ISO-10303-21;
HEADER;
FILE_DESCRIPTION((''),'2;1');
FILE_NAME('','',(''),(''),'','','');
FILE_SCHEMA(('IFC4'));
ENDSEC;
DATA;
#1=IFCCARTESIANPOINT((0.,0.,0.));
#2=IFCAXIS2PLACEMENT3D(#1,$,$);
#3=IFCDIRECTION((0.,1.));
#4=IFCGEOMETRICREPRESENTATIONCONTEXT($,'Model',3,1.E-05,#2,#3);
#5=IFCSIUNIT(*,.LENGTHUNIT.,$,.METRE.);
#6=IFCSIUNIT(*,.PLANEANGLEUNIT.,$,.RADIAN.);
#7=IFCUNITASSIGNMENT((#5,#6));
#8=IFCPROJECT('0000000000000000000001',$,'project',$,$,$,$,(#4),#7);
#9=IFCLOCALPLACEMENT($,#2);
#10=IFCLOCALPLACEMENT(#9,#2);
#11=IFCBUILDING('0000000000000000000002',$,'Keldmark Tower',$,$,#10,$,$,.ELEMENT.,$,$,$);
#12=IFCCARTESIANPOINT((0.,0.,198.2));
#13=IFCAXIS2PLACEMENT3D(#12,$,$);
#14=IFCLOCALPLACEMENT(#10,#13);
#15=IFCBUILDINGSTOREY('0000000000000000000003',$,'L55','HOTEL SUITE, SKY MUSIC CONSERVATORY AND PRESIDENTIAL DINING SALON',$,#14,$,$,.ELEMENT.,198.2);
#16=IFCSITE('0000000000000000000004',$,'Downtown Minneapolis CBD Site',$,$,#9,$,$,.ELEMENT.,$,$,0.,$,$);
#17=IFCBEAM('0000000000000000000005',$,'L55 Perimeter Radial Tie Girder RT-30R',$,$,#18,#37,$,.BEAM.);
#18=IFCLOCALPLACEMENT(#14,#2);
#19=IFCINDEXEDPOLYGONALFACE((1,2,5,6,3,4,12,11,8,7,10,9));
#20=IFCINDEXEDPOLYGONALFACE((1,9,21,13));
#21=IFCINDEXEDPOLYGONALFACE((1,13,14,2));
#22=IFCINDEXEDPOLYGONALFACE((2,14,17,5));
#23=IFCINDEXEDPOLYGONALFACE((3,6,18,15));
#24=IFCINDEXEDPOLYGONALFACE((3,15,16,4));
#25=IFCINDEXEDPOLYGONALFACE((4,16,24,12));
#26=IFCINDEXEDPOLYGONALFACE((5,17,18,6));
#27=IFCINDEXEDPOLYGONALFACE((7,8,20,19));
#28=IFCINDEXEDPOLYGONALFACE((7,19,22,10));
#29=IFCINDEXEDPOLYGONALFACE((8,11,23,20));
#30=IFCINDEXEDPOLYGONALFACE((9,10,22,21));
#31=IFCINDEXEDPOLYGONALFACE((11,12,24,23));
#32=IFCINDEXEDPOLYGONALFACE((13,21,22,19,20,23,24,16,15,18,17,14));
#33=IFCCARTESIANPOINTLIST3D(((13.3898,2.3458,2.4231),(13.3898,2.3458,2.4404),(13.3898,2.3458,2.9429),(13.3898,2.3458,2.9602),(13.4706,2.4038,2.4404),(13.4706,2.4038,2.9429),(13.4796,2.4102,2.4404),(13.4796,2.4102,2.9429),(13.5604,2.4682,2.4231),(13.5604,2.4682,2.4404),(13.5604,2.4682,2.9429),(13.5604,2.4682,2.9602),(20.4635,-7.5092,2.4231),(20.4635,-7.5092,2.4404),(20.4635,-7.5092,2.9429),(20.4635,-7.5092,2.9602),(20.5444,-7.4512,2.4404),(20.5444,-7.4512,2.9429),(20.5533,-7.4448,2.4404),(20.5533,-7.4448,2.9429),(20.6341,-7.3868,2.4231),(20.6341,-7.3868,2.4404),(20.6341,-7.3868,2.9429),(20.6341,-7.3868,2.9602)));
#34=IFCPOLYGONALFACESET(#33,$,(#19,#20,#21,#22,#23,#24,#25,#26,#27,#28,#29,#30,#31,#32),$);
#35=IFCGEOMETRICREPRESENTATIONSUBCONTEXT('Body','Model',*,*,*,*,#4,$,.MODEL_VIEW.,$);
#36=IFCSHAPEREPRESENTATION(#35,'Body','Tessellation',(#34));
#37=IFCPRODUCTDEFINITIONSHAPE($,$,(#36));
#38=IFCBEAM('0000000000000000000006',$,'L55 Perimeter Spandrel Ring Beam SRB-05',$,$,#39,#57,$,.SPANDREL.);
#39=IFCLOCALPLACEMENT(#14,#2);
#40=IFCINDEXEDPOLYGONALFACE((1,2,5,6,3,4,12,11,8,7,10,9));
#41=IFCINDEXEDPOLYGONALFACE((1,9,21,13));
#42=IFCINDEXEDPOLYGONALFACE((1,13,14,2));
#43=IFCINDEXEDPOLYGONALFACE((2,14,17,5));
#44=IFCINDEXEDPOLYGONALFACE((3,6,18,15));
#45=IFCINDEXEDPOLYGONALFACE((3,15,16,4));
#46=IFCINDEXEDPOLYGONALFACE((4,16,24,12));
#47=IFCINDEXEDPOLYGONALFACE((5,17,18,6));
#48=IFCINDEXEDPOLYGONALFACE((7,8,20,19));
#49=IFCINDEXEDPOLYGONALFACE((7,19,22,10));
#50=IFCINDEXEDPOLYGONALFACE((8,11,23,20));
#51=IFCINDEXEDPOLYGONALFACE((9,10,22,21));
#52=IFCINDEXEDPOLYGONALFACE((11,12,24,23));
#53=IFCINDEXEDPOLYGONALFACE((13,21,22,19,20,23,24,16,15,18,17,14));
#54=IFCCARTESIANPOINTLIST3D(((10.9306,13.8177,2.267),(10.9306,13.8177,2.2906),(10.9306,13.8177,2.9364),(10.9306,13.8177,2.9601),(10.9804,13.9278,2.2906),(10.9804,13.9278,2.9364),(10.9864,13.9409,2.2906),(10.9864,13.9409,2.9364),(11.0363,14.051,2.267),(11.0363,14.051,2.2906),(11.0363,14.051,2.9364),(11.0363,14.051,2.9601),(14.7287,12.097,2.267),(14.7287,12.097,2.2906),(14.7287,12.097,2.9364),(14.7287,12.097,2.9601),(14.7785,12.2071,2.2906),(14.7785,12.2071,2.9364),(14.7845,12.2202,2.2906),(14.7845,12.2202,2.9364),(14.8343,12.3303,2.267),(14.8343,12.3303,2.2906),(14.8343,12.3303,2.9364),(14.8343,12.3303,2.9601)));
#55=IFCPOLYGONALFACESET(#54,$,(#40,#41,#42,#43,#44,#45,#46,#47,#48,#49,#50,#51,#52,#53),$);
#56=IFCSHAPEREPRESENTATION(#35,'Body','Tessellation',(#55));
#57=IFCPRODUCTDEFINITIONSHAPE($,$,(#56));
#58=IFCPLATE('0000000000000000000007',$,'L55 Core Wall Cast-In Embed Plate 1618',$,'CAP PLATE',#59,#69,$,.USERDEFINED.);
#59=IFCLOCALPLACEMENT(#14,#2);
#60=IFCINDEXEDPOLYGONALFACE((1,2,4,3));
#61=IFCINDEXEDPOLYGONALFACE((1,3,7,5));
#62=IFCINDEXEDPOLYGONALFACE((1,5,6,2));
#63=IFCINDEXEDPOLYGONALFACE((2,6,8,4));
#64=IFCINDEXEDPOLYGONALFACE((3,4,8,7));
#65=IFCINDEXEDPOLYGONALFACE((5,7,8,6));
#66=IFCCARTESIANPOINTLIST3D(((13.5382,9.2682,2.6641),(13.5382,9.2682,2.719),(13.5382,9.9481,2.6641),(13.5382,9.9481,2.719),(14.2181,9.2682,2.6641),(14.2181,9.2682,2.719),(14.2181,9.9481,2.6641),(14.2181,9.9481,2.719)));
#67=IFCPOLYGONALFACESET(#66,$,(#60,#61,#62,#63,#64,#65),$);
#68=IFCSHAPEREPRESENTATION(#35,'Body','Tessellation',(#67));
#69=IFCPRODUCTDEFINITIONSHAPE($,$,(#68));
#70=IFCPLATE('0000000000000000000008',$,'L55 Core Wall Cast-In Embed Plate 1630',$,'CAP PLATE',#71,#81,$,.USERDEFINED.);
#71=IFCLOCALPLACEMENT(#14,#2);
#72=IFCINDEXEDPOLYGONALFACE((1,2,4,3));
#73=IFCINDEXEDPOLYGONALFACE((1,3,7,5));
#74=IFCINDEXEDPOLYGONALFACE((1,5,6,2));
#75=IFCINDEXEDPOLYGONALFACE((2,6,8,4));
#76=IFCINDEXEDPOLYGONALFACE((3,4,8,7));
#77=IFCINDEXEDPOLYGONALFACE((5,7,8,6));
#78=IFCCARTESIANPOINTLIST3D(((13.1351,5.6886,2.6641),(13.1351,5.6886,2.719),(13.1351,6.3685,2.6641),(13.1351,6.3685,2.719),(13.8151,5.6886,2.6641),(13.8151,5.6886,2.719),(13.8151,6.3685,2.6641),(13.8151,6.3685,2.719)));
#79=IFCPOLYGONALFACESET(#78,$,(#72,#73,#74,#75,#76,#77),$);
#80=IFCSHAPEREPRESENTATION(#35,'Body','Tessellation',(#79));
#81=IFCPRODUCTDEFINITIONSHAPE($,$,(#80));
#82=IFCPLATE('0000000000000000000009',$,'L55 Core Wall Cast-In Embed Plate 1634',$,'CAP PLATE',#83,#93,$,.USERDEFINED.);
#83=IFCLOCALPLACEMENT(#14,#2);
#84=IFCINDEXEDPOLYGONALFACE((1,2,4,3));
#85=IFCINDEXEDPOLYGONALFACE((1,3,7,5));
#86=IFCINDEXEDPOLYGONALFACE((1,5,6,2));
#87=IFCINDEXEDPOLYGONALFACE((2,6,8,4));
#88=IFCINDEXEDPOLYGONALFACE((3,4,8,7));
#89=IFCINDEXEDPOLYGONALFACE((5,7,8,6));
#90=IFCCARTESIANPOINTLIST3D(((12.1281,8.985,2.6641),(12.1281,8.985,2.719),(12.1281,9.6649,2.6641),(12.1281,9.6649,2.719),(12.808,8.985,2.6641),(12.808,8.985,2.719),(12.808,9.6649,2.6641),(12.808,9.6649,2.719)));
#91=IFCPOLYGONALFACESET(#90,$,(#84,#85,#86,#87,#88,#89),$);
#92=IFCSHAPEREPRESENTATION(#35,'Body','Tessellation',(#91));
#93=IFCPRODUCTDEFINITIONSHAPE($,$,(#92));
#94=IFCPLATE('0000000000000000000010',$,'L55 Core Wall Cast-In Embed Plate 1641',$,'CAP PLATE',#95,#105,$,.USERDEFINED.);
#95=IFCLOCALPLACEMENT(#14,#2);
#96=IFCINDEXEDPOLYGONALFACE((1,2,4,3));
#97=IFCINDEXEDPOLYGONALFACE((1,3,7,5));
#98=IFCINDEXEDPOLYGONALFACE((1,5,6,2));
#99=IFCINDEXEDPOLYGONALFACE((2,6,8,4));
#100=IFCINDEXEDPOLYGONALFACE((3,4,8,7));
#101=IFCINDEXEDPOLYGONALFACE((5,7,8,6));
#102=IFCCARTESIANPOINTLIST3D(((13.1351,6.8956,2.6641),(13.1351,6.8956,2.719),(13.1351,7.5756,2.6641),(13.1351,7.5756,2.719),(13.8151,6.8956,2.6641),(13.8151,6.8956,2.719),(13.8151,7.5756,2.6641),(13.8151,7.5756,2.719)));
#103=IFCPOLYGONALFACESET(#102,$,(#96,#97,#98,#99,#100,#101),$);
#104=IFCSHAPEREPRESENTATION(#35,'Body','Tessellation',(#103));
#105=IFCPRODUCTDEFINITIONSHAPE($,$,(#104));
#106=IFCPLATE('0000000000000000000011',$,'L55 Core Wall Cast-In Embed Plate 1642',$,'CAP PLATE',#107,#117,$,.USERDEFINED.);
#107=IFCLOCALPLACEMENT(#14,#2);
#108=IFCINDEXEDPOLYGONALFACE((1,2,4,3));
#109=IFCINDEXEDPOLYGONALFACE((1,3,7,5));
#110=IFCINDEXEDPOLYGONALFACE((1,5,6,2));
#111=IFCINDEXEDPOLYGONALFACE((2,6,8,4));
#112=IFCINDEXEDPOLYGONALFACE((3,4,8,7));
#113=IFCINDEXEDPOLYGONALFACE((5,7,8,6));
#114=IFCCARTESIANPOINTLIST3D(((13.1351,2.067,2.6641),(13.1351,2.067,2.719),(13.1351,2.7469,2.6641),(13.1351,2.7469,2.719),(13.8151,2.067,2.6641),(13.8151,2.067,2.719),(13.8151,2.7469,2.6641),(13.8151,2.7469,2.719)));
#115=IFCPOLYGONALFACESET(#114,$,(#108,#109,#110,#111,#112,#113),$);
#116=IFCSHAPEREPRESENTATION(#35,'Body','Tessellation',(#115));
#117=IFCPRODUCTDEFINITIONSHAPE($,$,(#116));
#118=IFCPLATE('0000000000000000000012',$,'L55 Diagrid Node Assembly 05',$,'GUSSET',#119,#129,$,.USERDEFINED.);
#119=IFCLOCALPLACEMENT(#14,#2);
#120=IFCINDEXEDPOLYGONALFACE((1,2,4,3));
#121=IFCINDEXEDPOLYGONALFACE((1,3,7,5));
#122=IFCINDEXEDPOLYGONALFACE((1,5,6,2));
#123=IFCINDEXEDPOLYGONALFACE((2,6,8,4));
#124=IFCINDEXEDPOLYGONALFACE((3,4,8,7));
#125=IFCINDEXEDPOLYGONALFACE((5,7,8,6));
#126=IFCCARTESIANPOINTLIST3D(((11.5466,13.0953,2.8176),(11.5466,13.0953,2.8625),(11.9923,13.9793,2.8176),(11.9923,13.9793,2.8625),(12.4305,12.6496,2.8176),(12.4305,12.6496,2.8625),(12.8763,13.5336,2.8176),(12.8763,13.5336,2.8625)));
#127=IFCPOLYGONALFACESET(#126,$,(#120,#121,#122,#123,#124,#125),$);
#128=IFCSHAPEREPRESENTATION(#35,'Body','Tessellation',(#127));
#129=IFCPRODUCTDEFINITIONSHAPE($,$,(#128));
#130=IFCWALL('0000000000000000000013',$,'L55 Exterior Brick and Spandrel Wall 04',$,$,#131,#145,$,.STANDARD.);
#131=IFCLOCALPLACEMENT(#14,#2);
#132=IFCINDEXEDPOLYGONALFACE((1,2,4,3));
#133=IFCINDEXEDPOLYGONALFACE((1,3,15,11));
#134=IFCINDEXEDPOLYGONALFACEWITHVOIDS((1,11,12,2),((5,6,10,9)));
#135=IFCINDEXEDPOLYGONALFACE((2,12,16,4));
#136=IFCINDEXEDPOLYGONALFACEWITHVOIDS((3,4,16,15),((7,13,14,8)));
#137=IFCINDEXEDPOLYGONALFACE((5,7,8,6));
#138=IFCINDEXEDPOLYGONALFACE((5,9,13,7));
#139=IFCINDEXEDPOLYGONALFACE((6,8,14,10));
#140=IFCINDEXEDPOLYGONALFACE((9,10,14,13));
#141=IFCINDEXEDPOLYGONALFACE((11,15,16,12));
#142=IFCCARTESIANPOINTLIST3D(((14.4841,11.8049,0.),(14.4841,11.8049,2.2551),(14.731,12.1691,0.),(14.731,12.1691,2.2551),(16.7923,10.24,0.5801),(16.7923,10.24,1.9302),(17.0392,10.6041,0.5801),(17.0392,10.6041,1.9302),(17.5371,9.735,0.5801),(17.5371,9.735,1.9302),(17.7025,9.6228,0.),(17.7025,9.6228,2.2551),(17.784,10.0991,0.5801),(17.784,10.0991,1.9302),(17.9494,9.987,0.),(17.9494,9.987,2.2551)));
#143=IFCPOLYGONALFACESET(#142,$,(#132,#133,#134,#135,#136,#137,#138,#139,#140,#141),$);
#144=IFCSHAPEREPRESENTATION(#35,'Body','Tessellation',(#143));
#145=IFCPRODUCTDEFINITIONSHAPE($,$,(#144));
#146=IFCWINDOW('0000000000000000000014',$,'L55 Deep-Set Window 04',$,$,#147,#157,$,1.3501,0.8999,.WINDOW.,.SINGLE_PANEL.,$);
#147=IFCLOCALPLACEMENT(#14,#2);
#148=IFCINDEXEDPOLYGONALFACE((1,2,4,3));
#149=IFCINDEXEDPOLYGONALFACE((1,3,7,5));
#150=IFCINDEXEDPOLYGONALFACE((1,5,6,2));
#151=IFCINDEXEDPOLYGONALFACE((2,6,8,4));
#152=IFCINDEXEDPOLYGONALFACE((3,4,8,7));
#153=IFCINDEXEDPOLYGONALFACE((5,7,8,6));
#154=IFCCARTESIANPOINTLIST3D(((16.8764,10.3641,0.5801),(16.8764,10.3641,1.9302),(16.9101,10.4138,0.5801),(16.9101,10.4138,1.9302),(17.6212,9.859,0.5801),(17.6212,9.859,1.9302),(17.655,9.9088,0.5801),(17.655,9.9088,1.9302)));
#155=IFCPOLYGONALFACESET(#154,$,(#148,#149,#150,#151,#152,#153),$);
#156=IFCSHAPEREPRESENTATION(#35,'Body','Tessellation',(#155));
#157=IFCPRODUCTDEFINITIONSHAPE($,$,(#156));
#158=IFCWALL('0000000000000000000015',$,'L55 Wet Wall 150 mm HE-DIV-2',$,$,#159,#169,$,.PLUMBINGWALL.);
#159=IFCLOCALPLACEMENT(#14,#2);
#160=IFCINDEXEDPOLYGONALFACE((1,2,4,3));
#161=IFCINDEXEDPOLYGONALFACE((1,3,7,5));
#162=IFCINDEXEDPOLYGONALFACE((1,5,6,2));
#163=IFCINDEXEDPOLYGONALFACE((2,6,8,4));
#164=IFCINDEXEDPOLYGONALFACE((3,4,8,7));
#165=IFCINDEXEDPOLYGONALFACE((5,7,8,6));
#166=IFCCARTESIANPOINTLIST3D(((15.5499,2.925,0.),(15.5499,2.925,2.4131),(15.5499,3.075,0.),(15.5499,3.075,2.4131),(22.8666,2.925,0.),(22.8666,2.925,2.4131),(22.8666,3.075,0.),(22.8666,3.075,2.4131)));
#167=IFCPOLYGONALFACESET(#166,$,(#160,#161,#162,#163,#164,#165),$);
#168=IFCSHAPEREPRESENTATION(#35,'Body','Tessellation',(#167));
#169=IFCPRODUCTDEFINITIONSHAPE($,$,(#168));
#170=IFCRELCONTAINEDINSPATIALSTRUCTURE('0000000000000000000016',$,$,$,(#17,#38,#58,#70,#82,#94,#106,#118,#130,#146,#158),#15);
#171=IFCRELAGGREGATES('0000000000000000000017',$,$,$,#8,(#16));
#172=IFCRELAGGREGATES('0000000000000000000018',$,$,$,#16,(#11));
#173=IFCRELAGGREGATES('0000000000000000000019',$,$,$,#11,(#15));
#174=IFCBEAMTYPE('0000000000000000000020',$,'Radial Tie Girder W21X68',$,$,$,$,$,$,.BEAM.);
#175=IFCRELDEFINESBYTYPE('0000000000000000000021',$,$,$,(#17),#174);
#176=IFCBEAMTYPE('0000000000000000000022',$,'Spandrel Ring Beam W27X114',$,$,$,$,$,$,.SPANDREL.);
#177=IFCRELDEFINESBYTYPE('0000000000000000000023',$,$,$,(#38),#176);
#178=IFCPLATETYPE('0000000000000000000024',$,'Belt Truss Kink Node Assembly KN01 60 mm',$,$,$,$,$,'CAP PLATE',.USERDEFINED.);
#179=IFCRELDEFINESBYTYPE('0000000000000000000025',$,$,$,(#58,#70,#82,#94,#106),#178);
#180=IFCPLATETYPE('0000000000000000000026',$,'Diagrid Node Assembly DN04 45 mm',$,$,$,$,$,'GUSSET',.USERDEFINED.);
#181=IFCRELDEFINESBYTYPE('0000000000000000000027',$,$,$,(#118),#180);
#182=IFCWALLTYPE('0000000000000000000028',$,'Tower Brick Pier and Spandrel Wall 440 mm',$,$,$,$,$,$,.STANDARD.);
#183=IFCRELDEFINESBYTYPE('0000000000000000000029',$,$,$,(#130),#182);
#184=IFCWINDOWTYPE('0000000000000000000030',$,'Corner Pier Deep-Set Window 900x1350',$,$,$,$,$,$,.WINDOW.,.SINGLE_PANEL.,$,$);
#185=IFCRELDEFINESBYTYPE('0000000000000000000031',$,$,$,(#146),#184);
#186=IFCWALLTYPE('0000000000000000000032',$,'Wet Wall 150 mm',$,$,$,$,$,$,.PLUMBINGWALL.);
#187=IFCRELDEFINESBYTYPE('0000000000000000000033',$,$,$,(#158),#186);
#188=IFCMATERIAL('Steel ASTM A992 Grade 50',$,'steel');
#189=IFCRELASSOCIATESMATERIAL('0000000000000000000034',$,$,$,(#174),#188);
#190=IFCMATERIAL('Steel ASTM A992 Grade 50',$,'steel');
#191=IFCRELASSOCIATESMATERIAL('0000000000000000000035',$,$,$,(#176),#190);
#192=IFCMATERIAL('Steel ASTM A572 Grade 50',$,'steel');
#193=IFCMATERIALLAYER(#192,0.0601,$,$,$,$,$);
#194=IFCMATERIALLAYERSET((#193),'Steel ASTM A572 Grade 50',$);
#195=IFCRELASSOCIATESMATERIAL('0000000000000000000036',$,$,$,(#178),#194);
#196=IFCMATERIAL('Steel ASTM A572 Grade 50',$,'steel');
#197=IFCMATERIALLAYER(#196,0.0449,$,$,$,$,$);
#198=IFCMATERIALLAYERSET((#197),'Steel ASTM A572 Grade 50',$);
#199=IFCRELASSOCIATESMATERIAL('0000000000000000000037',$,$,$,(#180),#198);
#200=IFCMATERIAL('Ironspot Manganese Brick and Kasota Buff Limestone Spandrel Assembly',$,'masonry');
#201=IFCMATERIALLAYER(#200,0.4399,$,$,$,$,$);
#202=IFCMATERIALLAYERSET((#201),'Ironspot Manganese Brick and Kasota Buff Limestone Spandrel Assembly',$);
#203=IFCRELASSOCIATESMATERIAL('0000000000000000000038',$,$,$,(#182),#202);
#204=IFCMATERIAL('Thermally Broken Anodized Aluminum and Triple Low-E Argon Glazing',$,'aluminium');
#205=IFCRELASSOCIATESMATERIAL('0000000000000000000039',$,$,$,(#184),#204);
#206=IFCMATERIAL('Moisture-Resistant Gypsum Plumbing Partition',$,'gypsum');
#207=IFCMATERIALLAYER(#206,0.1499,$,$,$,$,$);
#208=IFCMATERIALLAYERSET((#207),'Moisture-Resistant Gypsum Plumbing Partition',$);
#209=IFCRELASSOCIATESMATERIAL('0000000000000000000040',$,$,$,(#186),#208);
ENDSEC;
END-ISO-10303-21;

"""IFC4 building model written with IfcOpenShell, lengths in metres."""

from ifc_helpers import new_model, si_unit, direction, frame, frame_2d, origin, origin_2d, place, context, subcontext, project, spatial, rectangle, i_section, extrude, material, layer, layer_set, material_profile, profile_set, type_object, element, fill, save


model = new_model("IFC4")

# Units and contexts
model_context = context("Model", 3, precision=1e-05, world=origin(), true_north=direction((0.0, 1.0)))
body_context = subcontext(model_context, "Body", "Model", "MODEL_VIEW")
ifc_project = project(units=[si_unit("LENGTHUNIT", "METRE"), si_unit("PLANEANGLEUNIT", "RADIAN")], contexts=[model_context])

# Site, building, storey
site_placement = place(None, origin())
site = spatial("IfcSite", under=ifc_project, at=site_placement, Name="Downtown Minneapolis CBD Site", CompositionType="ELEMENT", RefElevation=0.0)
building_placement = place(site_placement, origin())
building = spatial("IfcBuilding", under=site, at=building_placement, Name="Keldmark Tower", CompositionType="ELEMENT")
storey_placement = place(building_placement, frame((0.0, 0.0, 198.2)))
storey = spatial("IfcBuildingStorey", under=building, at=storey_placement, Name="L55", Description="HOTEL SUITE, SKY MUSIC CONSERVATORY AND PRESIDENTIAL DINING SALON", CompositionType="ELEMENT", Elevation=198.2)

# Beams
ifc_material_1 = material(Name="Steel ASTM A992 Grade 50", Category="steel")
ifc_material_profile_1 = material_profile(ifc_material_1, i_section(OverallWidth=0.21, OverallDepth=0.5371, WebThickness=0.011, FlangeThickness=0.0173, at=origin_2d()), Name="W21X68")
ifc_profile_set_1 = profile_set([ifc_material_profile_1], Name="Steel ASTM A992 Grade 50")
beam_type_1 = type_object("IfcBeamType", Name="Radial Tie Girder W21X68", PredefinedType="BEAM", material=ifc_profile_set_1)
beam_1_placement = place(storey_placement, frame((13.4751, 2.407, 2.6917), z_axis=(0.583118, -0.812388, 0.0), x_axis=(0.812388, 0.583118, 0.0)))
element("IfcBeam", 1, at=beam_1_placement, inside=storey, type_object=beam_type_1, Name="L55 Perimeter Radial Tie Girder RT-30R", PredefinedType="BEAM", context=body_context, shape_type="SweptSolid", body=[
    extrude(i_section(OverallWidth=0.21, OverallDepth=0.5371, WebThickness=0.011, FlangeThickness=0.0173, at=origin_2d()), origin(), (0.0, 0.0, 1.0), 12.1309),
])
ifc_material_2 = material(Name="Steel ASTM A992 Grade 50", Category="steel")
ifc_material_profile_2 = material_profile(ifc_material_2, i_section(OverallWidth=0.2561, OverallDepth=0.6931, WebThickness=0.0144, FlangeThickness=0.0237, at=origin_2d()), Name="W27X114")
ifc_profile_set_2 = profile_set([ifc_material_profile_2], Name="Steel ASTM A992 Grade 50")
beam_type_2 = type_object("IfcBeamType", Name="Spandrel Ring Beam W27X114", PredefinedType="SPANDREL", material=ifc_profile_set_2)
beam_2_placement = place(storey_placement, frame((14.7815, 12.2136, 2.6135), z_axis=(-0.910881, 0.412669, 0.0), x_axis=(-0.412669, -0.910881, 0.0)))
element("IfcBeam", 2, at=beam_2_placement, inside=storey, type_object=beam_type_2, Name="L55 Perimeter Spandrel Ring Beam SRB-05", PredefinedType="SPANDREL", context=body_context, shape_type="SweptSolid", body=[
    extrude(i_section(OverallWidth=0.2561, OverallDepth=0.6931, WebThickness=0.0144, FlangeThickness=0.0237, at=origin_2d()), origin(), (0.0, 0.0, 1.0), 4.1697),
])

# Plates
ifc_material_3 = material(Name="Steel ASTM A572 Grade 50", Category="steel")
ifc_layer_1 = layer(ifc_material_3, 0.0601)
ifc_layer_set_1 = layer_set([ifc_layer_1], Name="Steel ASTM A572 Grade 50")
plate_type_1 = type_object("IfcPlateType", Name="Belt Truss Kink Node Assembly KN01 60 mm", ElementType="CAP PLATE", PredefinedType="USERDEFINED", material=ifc_layer_set_1)
for number, where, z_axis, x_axis, name in (
    (3, (13.8782, 9.6082, 2.6641), (0.0, 0.0, 1.0), (1.0, 0.0, 0.0), "L55 Core Wall Cast-In Embed Plate 1618"),
    (4, (13.4751, 6.0286, 2.6641), (0.0, 0.0, 1.0), (1.0, 0.0, 0.0), "L55 Core Wall Cast-In Embed Plate 1630"),
    (5, (12.468, 9.325, 2.6641), (0.0, 0.0, 1.0), (1.0, 0.0, 0.0), "L55 Core Wall Cast-In Embed Plate 1634"),
    (6, (13.4751, 7.2356, 2.6641), (0.0, 0.0, 1.0), (1.0, 0.0, 0.0), "L55 Core Wall Cast-In Embed Plate 1641"),
    (7, (13.4751, 2.407, 2.6641), (0.0, 0.0, 1.0), (1.0, 0.0, 0.0), "L55 Core Wall Cast-In Embed Plate 1642"),
):
    element("IfcPlate", number, at=place(storey_placement, frame(where, z_axis=z_axis, x_axis=x_axis)), inside=storey, type_object=plate_type_1, Name=name, ObjectType="CAP PLATE", PredefinedType="USERDEFINED", context=body_context, shape_type="SweptSolid", body=[
        extrude(rectangle(XDim=0.6799, YDim=0.6799, at=origin_2d()), origin(), (0.0, 0.0, 1.0), 0.0549),
    ])
ifc_material_4 = material(Name="Steel ASTM A572 Grade 50", Category="steel")
ifc_layer_2 = layer(ifc_material_4, 0.0449)
ifc_layer_set_2 = layer_set([ifc_layer_2], Name="Steel ASTM A572 Grade 50")
plate_type_2 = type_object("IfcPlateType", Name="Diagrid Node Assembly DN04 45 mm", ElementType="GUSSET", PredefinedType="USERDEFINED", material=ifc_layer_set_2)
plate_placement = place(storey_placement, frame((12.2114, 13.3145, 2.8176), z_axis=(0.0, 0.0, 1.0), x_axis=(-0.8929, 0.450254, 0.0)))
element("IfcPlate", 8, at=plate_placement, inside=storey, type_object=plate_type_2, Name="L55 Diagrid Node Assembly 05", ObjectType="GUSSET", PredefinedType="USERDEFINED", context=body_context, shape_type="SweptSolid", body=[
    extrude(rectangle(XDim=0.99, YDim=0.99, at=origin_2d()), origin(), (0.0, 0.0, 1.0), 0.0449),
])

# Wall, opening, window
ifc_material_5 = material(Name="Ironspot Manganese Brick and Kasota Buff Limestone Spandrel Assembly", Category="masonry")
ifc_layer_3 = layer(ifc_material_5, 0.4399)
ifc_layer_set_3 = layer_set([ifc_layer_3], Name="Ironspot Manganese Brick and Kasota Buff Limestone Spandrel Assembly")
wall_type_1 = type_object("IfcWallType", Name="Tower Brick Pier and Spandrel Wall 440 mm", PredefinedType="STANDARD", material=ifc_layer_set_3)
wall_1_placement = place(storey_placement, frame((14.6074, 11.9871, 0.0), z_axis=(0.0, 0.0, 1.0), x_axis=(0.827698, -0.561174, 0.0)))
wall_1 = element("IfcWall", 9, at=wall_1_placement, inside=storey, type_object=wall_type_1, Name="L55 Exterior Brick and Spandrel Wall 04", PredefinedType="STANDARD", context=body_context, shape_type="SweptSolid", body=[
    extrude(rectangle(XDim=3.8884, YDim=0.4399, at=frame_2d((1.9443, 0.0))), origin(), (0.0, 0.0, 1.0), 2.2551),
])
opening_1_placement = place(wall_1_placement, frame((2.7888, 0.0, 0.5801)))
opening_1 = element("IfcOpeningElement", 10, at=opening_1_placement, cuts=wall_1, PredefinedType="OPENING", context=body_context, shape_type="SweptSolid", body=[
    extrude(rectangle(XDim=0.8999, YDim=1.3501, at=frame_2d((0.45, 0.675))), frame((0.0, 0.23, 0.0), z_axis=(0.0, -1.0, 0.0), x_axis=(1.0, 0.0, 0.0)), (0.0, 0.0, 1.0), 0.46),
])
ifc_material_6 = material(Name="Thermally Broken Anodized Aluminum and Triple Low-E Argon Glazing", Category="aluminium")
window_type = type_object("IfcWindowType", Name="Corner Pier Deep-Set Window 900x1350", PartitioningType="SINGLE_PANEL", PredefinedType="WINDOW", material=ifc_material_6)
window_placement = place(opening_1_placement, origin())
window = element("IfcWindow", 11, at=window_placement, inside=storey, type_object=window_type, Name="L55 Deep-Set Window 04", OverallHeight=1.3501, OverallWidth=0.8999, PartitioningType="SINGLE_PANEL", PredefinedType="WINDOW", context=body_context, shape_type="SweptSolid", body=[
    extrude(rectangle(XDim=0.8999, YDim=1.3501, at=frame_2d((0.45, 0.675))), frame((0.0, -0.01, 0.0), z_axis=(0.0, -1.0, 0.0), x_axis=(1.0, 0.0, 0.0)), (0.0, 0.0, 1.0), 0.0601),
])
fill(opening_1, window)

# Wall
ifc_material_7 = material(Name="Moisture-Resistant Gypsum Plumbing Partition", Category="gypsum")
ifc_layer_4 = layer(ifc_material_7, 0.1499)
ifc_layer_set_4 = layer_set([ifc_layer_4], Name="Moisture-Resistant Gypsum Plumbing Partition")
wall_type_2 = type_object("IfcWallType", Name="Wet Wall 150 mm", PredefinedType="PLUMBINGWALL", material=ifc_layer_set_4)
wall_2_placement = place(storey_placement, frame((15.55, 3.0, 0.0), z_axis=(0.0, 0.0, 1.0), x_axis=(1.0, 0.0, 0.0)))
element("IfcWall", 12, at=wall_2_placement, inside=storey, type_object=wall_type_2, Name="L55 Wet Wall 150 mm HE-DIV-2", PredefinedType="PLUMBINGWALL", context=body_context, shape_type="SweptSolid", body=[
    extrude(rectangle(XDim=7.3167, YDim=0.1499, at=frame_2d((3.6582, 0.0))), origin(), (0.0, 0.0, 1.0), 2.4131),
])

save(model, "model.ifc")
